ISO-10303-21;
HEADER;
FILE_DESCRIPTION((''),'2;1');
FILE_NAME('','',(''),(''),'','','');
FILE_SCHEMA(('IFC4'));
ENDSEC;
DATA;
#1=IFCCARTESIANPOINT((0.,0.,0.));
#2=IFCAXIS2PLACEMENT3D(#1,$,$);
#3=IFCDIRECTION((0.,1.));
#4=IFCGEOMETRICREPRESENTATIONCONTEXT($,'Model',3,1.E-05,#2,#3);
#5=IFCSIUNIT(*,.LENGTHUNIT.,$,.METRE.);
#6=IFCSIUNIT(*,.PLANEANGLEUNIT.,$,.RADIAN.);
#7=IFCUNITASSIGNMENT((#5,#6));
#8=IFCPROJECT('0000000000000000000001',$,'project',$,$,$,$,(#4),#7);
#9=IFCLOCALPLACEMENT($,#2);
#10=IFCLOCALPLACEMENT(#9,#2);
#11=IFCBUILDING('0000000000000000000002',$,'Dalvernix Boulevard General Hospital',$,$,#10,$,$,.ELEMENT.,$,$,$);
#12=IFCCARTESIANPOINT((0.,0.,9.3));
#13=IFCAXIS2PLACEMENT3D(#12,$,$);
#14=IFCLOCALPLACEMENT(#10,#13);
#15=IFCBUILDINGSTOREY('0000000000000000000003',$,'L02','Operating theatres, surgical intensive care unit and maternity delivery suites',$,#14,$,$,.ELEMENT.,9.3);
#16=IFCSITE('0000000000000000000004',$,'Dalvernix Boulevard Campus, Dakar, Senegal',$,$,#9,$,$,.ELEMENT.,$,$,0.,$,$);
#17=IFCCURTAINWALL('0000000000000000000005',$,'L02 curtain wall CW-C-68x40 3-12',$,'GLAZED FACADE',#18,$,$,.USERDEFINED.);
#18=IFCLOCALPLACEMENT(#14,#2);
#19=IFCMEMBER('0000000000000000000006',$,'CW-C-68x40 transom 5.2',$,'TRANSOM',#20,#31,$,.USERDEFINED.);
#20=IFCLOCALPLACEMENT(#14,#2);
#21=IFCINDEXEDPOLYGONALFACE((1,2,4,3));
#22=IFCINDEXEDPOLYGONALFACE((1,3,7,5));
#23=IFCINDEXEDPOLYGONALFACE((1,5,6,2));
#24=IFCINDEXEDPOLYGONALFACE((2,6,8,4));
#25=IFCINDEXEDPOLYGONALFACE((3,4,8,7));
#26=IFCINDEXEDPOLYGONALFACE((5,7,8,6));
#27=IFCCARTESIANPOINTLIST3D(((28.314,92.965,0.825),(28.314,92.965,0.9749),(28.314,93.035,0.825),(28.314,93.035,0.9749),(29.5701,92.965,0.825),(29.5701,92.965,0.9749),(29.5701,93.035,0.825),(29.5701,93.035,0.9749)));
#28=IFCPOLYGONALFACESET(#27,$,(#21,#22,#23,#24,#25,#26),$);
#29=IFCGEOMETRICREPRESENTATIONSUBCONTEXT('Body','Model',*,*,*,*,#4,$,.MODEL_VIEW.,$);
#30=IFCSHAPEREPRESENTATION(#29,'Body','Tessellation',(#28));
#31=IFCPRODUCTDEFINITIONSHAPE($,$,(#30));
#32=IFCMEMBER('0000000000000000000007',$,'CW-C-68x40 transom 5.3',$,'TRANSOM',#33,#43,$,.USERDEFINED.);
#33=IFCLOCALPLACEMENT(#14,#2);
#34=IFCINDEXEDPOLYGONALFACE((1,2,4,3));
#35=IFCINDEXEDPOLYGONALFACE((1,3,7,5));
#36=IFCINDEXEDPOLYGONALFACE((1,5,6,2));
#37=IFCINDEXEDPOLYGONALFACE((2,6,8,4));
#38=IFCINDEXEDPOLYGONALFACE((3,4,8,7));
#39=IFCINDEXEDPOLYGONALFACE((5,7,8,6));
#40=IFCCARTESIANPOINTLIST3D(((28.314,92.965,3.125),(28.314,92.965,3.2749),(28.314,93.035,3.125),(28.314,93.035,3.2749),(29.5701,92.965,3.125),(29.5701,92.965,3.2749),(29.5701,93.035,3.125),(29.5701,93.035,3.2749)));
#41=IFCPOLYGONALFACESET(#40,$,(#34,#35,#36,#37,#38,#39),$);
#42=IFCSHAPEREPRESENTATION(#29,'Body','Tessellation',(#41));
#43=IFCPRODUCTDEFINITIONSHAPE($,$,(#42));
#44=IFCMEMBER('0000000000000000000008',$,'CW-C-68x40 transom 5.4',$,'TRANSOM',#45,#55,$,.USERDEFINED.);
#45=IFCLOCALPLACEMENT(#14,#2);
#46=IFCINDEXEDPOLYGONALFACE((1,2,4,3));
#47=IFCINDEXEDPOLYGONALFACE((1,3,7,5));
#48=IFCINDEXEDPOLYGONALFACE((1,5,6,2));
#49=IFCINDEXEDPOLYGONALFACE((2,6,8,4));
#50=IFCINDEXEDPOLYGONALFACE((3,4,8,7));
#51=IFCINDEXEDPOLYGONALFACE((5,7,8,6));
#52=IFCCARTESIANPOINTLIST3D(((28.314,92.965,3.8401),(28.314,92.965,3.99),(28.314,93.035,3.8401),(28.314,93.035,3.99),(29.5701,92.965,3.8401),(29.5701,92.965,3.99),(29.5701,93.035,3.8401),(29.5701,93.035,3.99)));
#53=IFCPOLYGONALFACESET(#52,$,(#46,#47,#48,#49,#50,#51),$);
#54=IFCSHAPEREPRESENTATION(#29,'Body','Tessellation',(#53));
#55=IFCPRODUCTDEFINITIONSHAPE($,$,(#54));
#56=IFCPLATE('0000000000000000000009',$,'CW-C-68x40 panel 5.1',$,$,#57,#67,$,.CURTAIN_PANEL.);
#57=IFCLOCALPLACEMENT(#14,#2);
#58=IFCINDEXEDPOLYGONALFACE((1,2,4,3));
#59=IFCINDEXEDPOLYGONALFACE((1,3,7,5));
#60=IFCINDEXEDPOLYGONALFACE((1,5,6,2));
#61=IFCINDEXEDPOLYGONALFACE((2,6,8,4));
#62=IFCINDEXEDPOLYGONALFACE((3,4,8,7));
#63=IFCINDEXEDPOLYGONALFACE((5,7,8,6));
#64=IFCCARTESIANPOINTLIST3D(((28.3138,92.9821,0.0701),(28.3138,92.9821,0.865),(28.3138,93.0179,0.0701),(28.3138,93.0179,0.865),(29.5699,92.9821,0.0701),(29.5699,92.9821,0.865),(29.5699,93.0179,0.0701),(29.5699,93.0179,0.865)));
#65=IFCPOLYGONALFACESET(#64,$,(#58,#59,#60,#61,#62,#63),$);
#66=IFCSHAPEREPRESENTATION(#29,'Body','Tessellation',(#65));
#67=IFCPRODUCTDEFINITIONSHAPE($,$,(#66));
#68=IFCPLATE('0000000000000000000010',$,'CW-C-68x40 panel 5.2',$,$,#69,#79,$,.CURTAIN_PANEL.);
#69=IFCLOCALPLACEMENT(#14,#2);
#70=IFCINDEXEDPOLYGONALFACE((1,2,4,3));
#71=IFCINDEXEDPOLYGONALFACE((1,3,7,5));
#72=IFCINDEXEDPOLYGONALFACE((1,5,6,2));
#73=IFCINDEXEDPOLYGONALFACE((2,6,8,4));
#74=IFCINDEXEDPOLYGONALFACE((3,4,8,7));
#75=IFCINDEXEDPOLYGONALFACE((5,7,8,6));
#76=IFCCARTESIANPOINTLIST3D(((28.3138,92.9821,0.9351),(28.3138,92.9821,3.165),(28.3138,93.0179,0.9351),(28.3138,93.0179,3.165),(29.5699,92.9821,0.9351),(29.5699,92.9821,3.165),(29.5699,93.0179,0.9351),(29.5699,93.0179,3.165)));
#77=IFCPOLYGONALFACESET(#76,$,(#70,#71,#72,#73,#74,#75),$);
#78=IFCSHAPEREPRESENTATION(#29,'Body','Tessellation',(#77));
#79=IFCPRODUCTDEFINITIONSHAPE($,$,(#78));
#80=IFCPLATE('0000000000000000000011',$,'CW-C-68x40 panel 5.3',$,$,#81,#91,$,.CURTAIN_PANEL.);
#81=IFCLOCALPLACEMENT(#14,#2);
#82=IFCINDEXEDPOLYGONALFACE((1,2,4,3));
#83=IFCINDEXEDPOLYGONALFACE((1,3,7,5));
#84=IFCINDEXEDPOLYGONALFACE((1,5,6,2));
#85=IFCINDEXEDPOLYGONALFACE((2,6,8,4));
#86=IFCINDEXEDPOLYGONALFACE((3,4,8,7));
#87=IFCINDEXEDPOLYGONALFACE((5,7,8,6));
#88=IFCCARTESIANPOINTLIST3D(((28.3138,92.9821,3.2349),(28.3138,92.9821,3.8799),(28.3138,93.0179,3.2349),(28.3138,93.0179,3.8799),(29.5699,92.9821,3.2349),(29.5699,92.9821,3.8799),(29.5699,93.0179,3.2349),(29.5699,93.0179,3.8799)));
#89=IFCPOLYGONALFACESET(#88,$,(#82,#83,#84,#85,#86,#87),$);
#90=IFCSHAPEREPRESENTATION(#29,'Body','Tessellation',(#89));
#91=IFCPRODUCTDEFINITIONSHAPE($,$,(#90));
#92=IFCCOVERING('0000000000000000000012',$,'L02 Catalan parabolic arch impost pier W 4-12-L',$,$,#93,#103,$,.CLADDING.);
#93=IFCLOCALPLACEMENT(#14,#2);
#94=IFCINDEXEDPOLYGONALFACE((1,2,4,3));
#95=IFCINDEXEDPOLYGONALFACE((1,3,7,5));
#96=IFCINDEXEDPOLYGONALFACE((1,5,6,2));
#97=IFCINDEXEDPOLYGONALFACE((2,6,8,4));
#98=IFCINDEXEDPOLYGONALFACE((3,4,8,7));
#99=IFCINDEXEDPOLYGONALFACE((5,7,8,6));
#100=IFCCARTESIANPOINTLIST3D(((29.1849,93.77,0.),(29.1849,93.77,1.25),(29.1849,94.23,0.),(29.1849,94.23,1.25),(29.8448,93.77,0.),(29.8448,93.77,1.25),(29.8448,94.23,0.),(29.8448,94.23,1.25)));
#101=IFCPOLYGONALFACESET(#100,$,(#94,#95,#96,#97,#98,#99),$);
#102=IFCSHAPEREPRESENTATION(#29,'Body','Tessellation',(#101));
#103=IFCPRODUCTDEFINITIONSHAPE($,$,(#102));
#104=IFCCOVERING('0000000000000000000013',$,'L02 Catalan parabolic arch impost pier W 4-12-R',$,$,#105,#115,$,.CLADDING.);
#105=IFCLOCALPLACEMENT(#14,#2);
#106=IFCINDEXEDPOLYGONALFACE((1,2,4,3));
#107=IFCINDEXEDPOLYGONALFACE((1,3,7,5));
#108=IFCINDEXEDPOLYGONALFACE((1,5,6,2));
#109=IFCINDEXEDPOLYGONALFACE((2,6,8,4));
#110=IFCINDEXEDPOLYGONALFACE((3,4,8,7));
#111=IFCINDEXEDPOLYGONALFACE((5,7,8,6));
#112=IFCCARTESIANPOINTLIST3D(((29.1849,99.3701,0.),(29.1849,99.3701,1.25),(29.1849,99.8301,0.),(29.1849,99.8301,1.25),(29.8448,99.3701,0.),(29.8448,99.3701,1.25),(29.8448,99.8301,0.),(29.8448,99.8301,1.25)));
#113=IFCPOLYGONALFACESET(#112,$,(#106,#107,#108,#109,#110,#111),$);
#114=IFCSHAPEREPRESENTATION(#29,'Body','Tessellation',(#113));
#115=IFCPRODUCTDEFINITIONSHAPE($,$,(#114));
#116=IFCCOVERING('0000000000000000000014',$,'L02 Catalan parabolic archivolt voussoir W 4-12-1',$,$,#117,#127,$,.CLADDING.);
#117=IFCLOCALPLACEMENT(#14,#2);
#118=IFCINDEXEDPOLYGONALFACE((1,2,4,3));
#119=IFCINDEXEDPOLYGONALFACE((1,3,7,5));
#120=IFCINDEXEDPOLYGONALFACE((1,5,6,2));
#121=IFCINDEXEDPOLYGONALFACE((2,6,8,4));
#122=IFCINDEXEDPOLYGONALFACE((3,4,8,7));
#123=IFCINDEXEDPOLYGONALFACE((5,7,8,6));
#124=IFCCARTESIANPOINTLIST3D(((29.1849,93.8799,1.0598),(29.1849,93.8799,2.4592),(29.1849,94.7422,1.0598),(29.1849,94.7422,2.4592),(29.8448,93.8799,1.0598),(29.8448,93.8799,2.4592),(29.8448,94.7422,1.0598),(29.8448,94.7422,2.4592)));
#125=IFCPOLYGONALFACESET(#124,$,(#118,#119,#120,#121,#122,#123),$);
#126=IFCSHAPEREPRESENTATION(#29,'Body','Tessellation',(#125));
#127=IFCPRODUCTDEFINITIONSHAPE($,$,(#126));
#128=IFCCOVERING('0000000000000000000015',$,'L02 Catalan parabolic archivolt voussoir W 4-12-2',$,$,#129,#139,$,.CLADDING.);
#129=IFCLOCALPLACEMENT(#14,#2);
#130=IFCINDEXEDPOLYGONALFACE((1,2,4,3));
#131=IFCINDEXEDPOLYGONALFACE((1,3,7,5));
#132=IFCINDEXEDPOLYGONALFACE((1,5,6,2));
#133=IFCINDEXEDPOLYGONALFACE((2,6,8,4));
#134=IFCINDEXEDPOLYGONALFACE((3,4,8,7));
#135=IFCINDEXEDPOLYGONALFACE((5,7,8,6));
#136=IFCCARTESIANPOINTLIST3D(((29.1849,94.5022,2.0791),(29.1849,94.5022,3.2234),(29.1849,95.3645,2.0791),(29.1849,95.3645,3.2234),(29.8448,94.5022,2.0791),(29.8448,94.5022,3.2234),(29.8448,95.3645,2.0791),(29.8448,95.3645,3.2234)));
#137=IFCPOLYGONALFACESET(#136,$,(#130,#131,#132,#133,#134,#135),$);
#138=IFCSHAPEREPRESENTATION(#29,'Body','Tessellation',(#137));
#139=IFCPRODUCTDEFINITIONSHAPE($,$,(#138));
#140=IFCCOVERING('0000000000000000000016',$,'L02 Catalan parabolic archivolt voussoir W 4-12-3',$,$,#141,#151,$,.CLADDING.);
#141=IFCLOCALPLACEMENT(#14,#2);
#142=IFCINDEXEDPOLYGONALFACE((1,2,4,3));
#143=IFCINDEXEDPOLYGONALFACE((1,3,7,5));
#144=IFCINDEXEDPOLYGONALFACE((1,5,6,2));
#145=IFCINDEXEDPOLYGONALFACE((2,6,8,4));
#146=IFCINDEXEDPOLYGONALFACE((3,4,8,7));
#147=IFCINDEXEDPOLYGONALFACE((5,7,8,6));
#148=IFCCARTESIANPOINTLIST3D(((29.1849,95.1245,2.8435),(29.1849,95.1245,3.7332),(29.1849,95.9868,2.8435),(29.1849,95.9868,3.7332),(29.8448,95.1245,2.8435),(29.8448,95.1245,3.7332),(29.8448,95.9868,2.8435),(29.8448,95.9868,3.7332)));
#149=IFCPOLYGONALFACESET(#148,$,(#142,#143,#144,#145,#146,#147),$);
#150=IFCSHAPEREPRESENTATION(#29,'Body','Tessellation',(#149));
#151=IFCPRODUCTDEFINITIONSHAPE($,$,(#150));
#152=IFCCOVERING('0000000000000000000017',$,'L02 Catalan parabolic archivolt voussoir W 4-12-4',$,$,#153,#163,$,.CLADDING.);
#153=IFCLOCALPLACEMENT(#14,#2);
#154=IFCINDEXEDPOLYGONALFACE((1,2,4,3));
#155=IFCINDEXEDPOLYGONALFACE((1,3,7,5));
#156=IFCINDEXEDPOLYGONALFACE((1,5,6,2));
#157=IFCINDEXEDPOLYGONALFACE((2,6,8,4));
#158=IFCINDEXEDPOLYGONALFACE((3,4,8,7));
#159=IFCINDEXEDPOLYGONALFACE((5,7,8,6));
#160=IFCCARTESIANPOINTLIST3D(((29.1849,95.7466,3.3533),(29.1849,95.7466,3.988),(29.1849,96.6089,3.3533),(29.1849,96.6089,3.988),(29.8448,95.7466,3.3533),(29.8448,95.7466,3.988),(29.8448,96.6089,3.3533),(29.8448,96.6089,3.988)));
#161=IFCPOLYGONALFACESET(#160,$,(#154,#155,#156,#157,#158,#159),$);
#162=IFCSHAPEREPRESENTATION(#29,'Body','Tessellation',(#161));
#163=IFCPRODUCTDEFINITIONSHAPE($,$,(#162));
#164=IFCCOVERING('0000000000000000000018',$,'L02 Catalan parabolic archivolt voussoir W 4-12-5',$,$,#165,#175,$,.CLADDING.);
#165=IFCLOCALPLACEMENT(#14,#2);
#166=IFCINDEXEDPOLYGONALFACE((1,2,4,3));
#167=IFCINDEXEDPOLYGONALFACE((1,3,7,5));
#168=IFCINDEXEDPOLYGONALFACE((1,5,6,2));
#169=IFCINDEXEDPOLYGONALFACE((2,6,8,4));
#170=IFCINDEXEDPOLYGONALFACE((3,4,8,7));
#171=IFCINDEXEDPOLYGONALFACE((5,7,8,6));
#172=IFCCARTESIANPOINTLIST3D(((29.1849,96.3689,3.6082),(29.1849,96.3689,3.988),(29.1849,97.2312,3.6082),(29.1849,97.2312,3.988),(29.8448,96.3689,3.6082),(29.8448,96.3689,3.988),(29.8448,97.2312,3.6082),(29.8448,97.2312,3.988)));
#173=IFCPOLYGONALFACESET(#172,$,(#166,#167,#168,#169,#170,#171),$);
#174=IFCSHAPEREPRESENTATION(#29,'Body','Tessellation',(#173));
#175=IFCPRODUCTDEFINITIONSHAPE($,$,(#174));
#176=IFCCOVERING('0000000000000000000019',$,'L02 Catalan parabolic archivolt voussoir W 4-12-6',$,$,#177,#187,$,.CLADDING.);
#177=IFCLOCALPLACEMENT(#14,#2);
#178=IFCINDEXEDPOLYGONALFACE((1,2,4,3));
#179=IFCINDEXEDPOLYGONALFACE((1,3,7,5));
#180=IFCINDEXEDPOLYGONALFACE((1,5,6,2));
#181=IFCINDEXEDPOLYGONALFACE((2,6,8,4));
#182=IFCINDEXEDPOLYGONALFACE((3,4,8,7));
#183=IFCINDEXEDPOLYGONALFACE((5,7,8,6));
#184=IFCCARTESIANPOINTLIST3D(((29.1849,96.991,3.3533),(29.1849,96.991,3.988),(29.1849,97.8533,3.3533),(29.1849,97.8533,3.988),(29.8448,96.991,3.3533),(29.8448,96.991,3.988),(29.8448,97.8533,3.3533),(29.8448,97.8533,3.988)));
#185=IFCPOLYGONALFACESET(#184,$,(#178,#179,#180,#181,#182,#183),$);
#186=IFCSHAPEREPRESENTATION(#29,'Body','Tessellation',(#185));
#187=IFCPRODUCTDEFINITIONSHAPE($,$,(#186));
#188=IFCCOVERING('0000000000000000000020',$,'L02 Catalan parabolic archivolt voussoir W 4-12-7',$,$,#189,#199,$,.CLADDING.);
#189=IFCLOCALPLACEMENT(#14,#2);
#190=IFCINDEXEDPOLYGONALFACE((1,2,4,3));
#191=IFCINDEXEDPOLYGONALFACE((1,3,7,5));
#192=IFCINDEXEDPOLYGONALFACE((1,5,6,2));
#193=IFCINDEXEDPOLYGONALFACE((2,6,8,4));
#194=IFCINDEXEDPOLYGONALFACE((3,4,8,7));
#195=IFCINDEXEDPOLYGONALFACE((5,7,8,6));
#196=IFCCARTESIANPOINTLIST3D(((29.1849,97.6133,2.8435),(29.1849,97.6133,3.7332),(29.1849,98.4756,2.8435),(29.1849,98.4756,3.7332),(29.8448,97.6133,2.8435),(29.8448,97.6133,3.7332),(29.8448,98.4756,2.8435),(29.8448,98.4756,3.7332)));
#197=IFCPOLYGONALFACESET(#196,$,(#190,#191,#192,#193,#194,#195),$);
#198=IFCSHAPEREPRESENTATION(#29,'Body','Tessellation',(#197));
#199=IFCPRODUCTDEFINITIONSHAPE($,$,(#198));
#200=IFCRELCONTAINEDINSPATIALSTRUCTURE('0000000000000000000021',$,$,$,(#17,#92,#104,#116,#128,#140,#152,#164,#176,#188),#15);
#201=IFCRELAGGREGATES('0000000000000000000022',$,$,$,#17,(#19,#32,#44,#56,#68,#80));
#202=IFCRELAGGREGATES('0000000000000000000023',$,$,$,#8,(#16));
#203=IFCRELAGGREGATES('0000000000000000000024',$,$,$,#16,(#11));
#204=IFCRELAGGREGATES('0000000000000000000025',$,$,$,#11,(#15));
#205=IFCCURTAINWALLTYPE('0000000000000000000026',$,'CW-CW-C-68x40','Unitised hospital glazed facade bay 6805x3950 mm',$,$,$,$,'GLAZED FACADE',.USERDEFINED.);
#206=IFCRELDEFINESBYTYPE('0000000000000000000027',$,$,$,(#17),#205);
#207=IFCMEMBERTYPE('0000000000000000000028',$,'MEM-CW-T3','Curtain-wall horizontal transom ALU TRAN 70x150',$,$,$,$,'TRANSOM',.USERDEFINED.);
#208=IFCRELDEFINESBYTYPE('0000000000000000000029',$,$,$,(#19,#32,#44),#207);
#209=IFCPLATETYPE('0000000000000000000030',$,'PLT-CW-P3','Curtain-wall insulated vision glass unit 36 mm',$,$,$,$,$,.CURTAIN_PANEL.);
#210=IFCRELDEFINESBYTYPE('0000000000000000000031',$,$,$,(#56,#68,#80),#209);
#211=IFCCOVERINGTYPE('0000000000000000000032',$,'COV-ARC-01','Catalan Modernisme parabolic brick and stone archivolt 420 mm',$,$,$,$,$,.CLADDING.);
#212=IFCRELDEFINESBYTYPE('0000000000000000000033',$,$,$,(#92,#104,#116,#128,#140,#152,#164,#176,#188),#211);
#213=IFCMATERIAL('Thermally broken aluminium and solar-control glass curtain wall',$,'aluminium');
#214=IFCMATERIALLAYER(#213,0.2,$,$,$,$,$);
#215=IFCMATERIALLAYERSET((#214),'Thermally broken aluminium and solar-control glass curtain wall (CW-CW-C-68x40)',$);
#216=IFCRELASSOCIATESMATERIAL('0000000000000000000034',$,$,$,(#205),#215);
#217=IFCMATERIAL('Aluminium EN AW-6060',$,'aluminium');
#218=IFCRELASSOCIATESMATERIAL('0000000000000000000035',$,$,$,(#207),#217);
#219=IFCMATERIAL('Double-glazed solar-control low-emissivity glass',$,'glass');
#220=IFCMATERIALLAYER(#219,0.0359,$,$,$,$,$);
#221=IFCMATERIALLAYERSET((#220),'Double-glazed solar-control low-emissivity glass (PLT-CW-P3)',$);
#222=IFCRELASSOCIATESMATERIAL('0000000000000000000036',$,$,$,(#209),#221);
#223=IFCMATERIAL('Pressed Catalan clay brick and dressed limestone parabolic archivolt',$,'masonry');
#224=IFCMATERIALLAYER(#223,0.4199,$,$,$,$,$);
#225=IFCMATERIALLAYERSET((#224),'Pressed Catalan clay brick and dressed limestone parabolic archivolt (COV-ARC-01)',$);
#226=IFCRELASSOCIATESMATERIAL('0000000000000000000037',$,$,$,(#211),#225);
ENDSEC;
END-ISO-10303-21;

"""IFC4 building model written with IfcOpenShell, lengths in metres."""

from ifc_helpers import new_model, si_unit, direction, frame, origin, origin_2d, place, context, subcontext, project, spatial, rectangle, extrude, material, layer, layer_set, material_profile, profile_set, type_object, element, aggregate, save


model = new_model("IFC4")

# Units and contexts
model_context = context("Model", 3, precision=1e-05, world=origin(), true_north=direction((0.0, 1.0)))
body_context = subcontext(model_context, "Body", "Model", "MODEL_VIEW")
ifc_project = project(units=[si_unit("LENGTHUNIT", "METRE"), si_unit("PLANEANGLEUNIT", "RADIAN")], contexts=[model_context])

# Site, building, storey
site_placement = place(None, origin())
site = spatial("IfcSite", under=ifc_project, at=site_placement, Name="Dalvernix Boulevard Campus, Dakar, Senegal", CompositionType="ELEMENT", RefElevation=0.0)
building_placement = place(site_placement, origin())
building = spatial("IfcBuilding", under=site, at=building_placement, Name="Dalvernix Boulevard General Hospital", CompositionType="ELEMENT")
storey_placement = place(building_placement, frame((0.0, 0.0, 9.3)))
storey = spatial("IfcBuildingStorey", under=building, at=storey_placement, Name="L02", Description="Operating theatres, surgical intensive care unit and maternity delivery suites", CompositionType="ELEMENT", Elevation=9.3)

# Curtain wall, members, plates
ifc_material_1 = material(Name="Thermally broken aluminium and solar-control glass curtain wall", Category="aluminium")
ifc_layer_1 = layer(ifc_material_1, 0.2)
ifc_layer_set_1 = layer_set([ifc_layer_1], Name="Thermally broken aluminium and solar-control glass curtain wall (CW-CW-C-68x40)")
curtain_wall_type = type_object("IfcCurtainWallType", Name="CW-CW-C-68x40", Description="Unitised hospital glazed facade bay 6805x3950 mm", ElementType="GLAZED FACADE", PredefinedType="USERDEFINED", material=ifc_layer_set_1)
curtain_wall_placement = place(storey_placement, origin())
curtain_wall = element("IfcCurtainWall", 1, at=curtain_wall_placement, inside=storey, type_object=curtain_wall_type, Name="L02 curtain wall CW-C-68x40 3-12", ObjectType="GLAZED FACADE", PredefinedType="USERDEFINED")
ifc_material_2 = material(Name="Aluminium EN AW-6060", Category="aluminium")
ifc_material_profile = material_profile(ifc_material_2, rectangle(XDim=0.0701, YDim=0.1499, at=origin_2d()), Name="ALU TRAN 70x150")
ifc_profile_set = profile_set([ifc_material_profile], Name="Aluminium EN AW-6060")
member_type = type_object("IfcMemberType", Name="MEM-CW-T3", Description="Curtain-wall horizontal transom ALU TRAN 70x150", ElementType="TRANSOM", PredefinedType="USERDEFINED", material=ifc_profile_set)
member_1_placement = place(storey_placement, frame((28.314, 93.0, 0.8999), z_axis=(1.0, 0.0, 0.0), x_axis=(0.0, 1.0, 0.0)))
member_1 = element("IfcMember", 2, at=member_1_placement, type_object=member_type, Name="CW-C-68x40 transom 5.2", ObjectType="TRANSOM", PredefinedType="USERDEFINED", context=body_context, shape_type="SweptSolid", body=[
    extrude(rectangle(XDim=0.0701, YDim=0.1499, at=origin_2d()), origin(), (0.0, 0.0, 1.0), 1.2561),
])
member_2_placement = place(storey_placement, frame((28.314, 93.0, 3.2), z_axis=(1.0, 0.0, 0.0), x_axis=(0.0, 1.0, 0.0)))
member_2 = element("IfcMember", 3, at=member_2_placement, type_object=member_type, Name="CW-C-68x40 transom 5.3", ObjectType="TRANSOM", PredefinedType="USERDEFINED", context=body_context, shape_type="SweptSolid", body=[
    extrude(rectangle(XDim=0.0701, YDim=0.1499, at=origin_2d()), origin(), (0.0, 0.0, 1.0), 1.2561),
])
member_3_placement = place(storey_placement, frame((28.314, 93.0, 3.915), z_axis=(1.0, 0.0, 0.0), x_axis=(0.0, 1.0, 0.0)))
member_3 = element("IfcMember", 4, at=member_3_placement, type_object=member_type, Name="CW-C-68x40 transom 5.4", ObjectType="TRANSOM", PredefinedType="USERDEFINED", context=body_context, shape_type="SweptSolid", body=[
    extrude(rectangle(XDim=0.0701, YDim=0.1499, at=origin_2d()), origin(), (0.0, 0.0, 1.0), 1.2561),
])
ifc_material_3 = material(Name="Double-glazed solar-control low-emissivity glass", Category="glass")
ifc_layer_2 = layer(ifc_material_3, 0.0359)
ifc_layer_set_2 = layer_set([ifc_layer_2], Name="Double-glazed solar-control low-emissivity glass (PLT-CW-P3)")
plate_type = type_object("IfcPlateType", Name="PLT-CW-P3", Description="Curtain-wall insulated vision glass unit 36 mm", PredefinedType="CURTAIN_PANEL", material=ifc_layer_set_2)
plate_1_placement = place(storey_placement, frame((28.9419, 93.0, 0.0701), z_axis=(0.0, 0.0, 1.0), x_axis=(1.0, 0.0, 0.0)))
plate_1 = element("IfcPlate", 5, at=plate_1_placement, type_object=plate_type, Name="CW-C-68x40 panel 5.1", PredefinedType="CURTAIN_PANEL", context=body_context, shape_type="SweptSolid", body=[
    extrude(rectangle(XDim=1.2561, YDim=0.0359, at=origin_2d()), origin(), (0.0, 0.0, 1.0), 0.7949),
])
plate_2_placement = place(storey_placement, frame((28.9419, 93.0, 0.9351), z_axis=(0.0, 0.0, 1.0), x_axis=(1.0, 0.0, 0.0)))
plate_2 = element("IfcPlate", 6, at=plate_2_placement, type_object=plate_type, Name="CW-C-68x40 panel 5.2", PredefinedType="CURTAIN_PANEL", context=body_context, shape_type="SweptSolid", body=[
    extrude(rectangle(XDim=1.2561, YDim=0.0359, at=origin_2d()), origin(), (0.0, 0.0, 1.0), 2.23),
])
plate_3_placement = place(storey_placement, frame((28.9419, 93.0, 3.2349), z_axis=(0.0, 0.0, 1.0), x_axis=(1.0, 0.0, 0.0)))
plate_3 = element("IfcPlate", 7, at=plate_3_placement, type_object=plate_type, Name="CW-C-68x40 panel 5.3", PredefinedType="CURTAIN_PANEL", context=body_context, shape_type="SweptSolid", body=[
    extrude(rectangle(XDim=1.2561, YDim=0.0359, at=origin_2d()), origin(), (0.0, 0.0, 1.0), 0.645),
])
aggregate(curtain_wall, [member_1, member_2, member_3, plate_1, plate_2, plate_3])

# Coverings
ifc_material_4 = material(Name="Pressed Catalan clay brick and dressed limestone parabolic archivolt", Category="masonry")
ifc_layer_3 = layer(ifc_material_4, 0.4199)
ifc_layer_set_3 = layer_set([ifc_layer_3], Name="Pressed Catalan clay brick and dressed limestone parabolic archivolt (COV-ARC-01)")
covering_type_1 = type_object("IfcCoveringType", Name="COV-ARC-01", Description="Catalan Modernisme parabolic brick and stone archivolt 420 mm", PredefinedType="CLADDING", material=ifc_layer_set_3)
for number, where, z_axis, x_axis, name in (
    (8, (29.5149, 94.0, 0.0), (0.0, 0.0, 1.0), (0.0, 1.0, 0.0), "L02 Catalan parabolic arch impost pier W 4-12-L"),
    (9, (29.5149, 99.6001, 0.0), (0.0, 0.0, 1.0), (0.0, 1.0, 0.0), "L02 Catalan parabolic arch impost pier W 4-12-R"),
):
    element("IfcCovering", number, at=place(storey_placement, frame(where, z_axis=z_axis, x_axis=x_axis)), inside=storey, type_object=covering_type_1, Name=name, PredefinedType="CLADDING", context=body_context, shape_type="SweptSolid", body=[
        extrude(rectangle(XDim=0.46, YDim=0.6599, at=origin_2d()), origin(), (0.0, 0.0, 1.0), 1.25),
    ])
covering_1_placement = place(storey_placement, frame((29.5149, 94.311, 1.0598), z_axis=(0.0, 0.0, 1.0), x_axis=(0.0, 1.0, 0.0)))
element("IfcCovering", 10, at=covering_1_placement, inside=storey, type_object=covering_type_1, Name="L02 Catalan parabolic archivolt voussoir W 4-12-1", PredefinedType="CLADDING", context=body_context, shape_type="SweptSolid", body=[
    extrude(rectangle(XDim=0.8623, YDim=0.6599, at=origin_2d()), origin(), (0.0, 0.0, 1.0), 1.3994),
])
covering_2_placement = place(storey_placement, frame((29.5149, 94.9333, 2.0791), z_axis=(0.0, 0.0, 1.0), x_axis=(0.0, 1.0, 0.0)))
element("IfcCovering", 11, at=covering_2_placement, inside=storey, type_object=covering_type_1, Name="L02 Catalan parabolic archivolt voussoir W 4-12-2", PredefinedType="CLADDING", context=body_context, shape_type="SweptSolid", body=[
    extrude(rectangle(XDim=0.8623, YDim=0.6599, at=origin_2d()), origin(), (0.0, 0.0, 1.0), 1.1443),
])
covering_3_placement = place(storey_placement, frame((29.5149, 95.5557, 2.8435), z_axis=(0.0, 0.0, 1.0), x_axis=(0.0, 1.0, 0.0)))
element("IfcCovering", 12, at=covering_3_placement, inside=storey, type_object=covering_type_1, Name="L02 Catalan parabolic archivolt voussoir W 4-12-3", PredefinedType="CLADDING", context=body_context, shape_type="SweptSolid", body=[
    extrude(rectangle(XDim=0.8623, YDim=0.6599, at=origin_2d()), origin(), (0.0, 0.0, 1.0), 0.8896),
])
covering_4_placement = place(storey_placement, frame((29.5149, 96.1777, 3.3533), z_axis=(0.0, 0.0, 1.0), x_axis=(0.0, 1.0, 0.0)))
element("IfcCovering", 13, at=covering_4_placement, inside=storey, type_object=covering_type_1, Name="L02 Catalan parabolic archivolt voussoir W 4-12-4", PredefinedType="CLADDING", context=body_context, shape_type="SweptSolid", body=[
    extrude(rectangle(XDim=0.8623, YDim=0.6599, at=origin_2d()), origin(), (0.0, 0.0, 1.0), 0.6348),
])
covering_5_placement = place(storey_placement, frame((29.5149, 96.8, 3.6082), z_axis=(0.0, 0.0, 1.0), x_axis=(0.0, 1.0, 0.0)))
element("IfcCovering", 14, at=covering_5_placement, inside=storey, type_object=covering_type_1, Name="L02 Catalan parabolic archivolt voussoir W 4-12-5", PredefinedType="CLADDING", context=body_context, shape_type="SweptSolid", body=[
    extrude(rectangle(XDim=0.8623, YDim=0.6599, at=origin_2d()), origin(), (0.0, 0.0, 1.0), 0.3799),
])
covering_6_placement = place(storey_placement, frame((29.5149, 97.4221, 3.3533), z_axis=(0.0, 0.0, 1.0), x_axis=(0.0, 1.0, 0.0)))
element("IfcCovering", 15, at=covering_6_placement, inside=storey, type_object=covering_type_1, Name="L02 Catalan parabolic archivolt voussoir W 4-12-6", PredefinedType="CLADDING", context=body_context, shape_type="SweptSolid", body=[
    extrude(rectangle(XDim=0.8623, YDim=0.6599, at=origin_2d()), origin(), (0.0, 0.0, 1.0), 0.6348),
])
covering_7_placement = place(storey_placement, frame((29.5149, 98.0444, 2.8435), z_axis=(0.0, 0.0, 1.0), x_axis=(0.0, 1.0, 0.0)))
element("IfcCovering", 16, at=covering_7_placement, inside=storey, type_object=covering_type_1, Name="L02 Catalan parabolic archivolt voussoir W 4-12-7", PredefinedType="CLADDING", context=body_context, shape_type="SweptSolid", body=[
    extrude(rectangle(XDim=0.8623, YDim=0.6599, at=origin_2d()), origin(), (0.0, 0.0, 1.0), 0.8896),
])

save(model, "model.ifc")
